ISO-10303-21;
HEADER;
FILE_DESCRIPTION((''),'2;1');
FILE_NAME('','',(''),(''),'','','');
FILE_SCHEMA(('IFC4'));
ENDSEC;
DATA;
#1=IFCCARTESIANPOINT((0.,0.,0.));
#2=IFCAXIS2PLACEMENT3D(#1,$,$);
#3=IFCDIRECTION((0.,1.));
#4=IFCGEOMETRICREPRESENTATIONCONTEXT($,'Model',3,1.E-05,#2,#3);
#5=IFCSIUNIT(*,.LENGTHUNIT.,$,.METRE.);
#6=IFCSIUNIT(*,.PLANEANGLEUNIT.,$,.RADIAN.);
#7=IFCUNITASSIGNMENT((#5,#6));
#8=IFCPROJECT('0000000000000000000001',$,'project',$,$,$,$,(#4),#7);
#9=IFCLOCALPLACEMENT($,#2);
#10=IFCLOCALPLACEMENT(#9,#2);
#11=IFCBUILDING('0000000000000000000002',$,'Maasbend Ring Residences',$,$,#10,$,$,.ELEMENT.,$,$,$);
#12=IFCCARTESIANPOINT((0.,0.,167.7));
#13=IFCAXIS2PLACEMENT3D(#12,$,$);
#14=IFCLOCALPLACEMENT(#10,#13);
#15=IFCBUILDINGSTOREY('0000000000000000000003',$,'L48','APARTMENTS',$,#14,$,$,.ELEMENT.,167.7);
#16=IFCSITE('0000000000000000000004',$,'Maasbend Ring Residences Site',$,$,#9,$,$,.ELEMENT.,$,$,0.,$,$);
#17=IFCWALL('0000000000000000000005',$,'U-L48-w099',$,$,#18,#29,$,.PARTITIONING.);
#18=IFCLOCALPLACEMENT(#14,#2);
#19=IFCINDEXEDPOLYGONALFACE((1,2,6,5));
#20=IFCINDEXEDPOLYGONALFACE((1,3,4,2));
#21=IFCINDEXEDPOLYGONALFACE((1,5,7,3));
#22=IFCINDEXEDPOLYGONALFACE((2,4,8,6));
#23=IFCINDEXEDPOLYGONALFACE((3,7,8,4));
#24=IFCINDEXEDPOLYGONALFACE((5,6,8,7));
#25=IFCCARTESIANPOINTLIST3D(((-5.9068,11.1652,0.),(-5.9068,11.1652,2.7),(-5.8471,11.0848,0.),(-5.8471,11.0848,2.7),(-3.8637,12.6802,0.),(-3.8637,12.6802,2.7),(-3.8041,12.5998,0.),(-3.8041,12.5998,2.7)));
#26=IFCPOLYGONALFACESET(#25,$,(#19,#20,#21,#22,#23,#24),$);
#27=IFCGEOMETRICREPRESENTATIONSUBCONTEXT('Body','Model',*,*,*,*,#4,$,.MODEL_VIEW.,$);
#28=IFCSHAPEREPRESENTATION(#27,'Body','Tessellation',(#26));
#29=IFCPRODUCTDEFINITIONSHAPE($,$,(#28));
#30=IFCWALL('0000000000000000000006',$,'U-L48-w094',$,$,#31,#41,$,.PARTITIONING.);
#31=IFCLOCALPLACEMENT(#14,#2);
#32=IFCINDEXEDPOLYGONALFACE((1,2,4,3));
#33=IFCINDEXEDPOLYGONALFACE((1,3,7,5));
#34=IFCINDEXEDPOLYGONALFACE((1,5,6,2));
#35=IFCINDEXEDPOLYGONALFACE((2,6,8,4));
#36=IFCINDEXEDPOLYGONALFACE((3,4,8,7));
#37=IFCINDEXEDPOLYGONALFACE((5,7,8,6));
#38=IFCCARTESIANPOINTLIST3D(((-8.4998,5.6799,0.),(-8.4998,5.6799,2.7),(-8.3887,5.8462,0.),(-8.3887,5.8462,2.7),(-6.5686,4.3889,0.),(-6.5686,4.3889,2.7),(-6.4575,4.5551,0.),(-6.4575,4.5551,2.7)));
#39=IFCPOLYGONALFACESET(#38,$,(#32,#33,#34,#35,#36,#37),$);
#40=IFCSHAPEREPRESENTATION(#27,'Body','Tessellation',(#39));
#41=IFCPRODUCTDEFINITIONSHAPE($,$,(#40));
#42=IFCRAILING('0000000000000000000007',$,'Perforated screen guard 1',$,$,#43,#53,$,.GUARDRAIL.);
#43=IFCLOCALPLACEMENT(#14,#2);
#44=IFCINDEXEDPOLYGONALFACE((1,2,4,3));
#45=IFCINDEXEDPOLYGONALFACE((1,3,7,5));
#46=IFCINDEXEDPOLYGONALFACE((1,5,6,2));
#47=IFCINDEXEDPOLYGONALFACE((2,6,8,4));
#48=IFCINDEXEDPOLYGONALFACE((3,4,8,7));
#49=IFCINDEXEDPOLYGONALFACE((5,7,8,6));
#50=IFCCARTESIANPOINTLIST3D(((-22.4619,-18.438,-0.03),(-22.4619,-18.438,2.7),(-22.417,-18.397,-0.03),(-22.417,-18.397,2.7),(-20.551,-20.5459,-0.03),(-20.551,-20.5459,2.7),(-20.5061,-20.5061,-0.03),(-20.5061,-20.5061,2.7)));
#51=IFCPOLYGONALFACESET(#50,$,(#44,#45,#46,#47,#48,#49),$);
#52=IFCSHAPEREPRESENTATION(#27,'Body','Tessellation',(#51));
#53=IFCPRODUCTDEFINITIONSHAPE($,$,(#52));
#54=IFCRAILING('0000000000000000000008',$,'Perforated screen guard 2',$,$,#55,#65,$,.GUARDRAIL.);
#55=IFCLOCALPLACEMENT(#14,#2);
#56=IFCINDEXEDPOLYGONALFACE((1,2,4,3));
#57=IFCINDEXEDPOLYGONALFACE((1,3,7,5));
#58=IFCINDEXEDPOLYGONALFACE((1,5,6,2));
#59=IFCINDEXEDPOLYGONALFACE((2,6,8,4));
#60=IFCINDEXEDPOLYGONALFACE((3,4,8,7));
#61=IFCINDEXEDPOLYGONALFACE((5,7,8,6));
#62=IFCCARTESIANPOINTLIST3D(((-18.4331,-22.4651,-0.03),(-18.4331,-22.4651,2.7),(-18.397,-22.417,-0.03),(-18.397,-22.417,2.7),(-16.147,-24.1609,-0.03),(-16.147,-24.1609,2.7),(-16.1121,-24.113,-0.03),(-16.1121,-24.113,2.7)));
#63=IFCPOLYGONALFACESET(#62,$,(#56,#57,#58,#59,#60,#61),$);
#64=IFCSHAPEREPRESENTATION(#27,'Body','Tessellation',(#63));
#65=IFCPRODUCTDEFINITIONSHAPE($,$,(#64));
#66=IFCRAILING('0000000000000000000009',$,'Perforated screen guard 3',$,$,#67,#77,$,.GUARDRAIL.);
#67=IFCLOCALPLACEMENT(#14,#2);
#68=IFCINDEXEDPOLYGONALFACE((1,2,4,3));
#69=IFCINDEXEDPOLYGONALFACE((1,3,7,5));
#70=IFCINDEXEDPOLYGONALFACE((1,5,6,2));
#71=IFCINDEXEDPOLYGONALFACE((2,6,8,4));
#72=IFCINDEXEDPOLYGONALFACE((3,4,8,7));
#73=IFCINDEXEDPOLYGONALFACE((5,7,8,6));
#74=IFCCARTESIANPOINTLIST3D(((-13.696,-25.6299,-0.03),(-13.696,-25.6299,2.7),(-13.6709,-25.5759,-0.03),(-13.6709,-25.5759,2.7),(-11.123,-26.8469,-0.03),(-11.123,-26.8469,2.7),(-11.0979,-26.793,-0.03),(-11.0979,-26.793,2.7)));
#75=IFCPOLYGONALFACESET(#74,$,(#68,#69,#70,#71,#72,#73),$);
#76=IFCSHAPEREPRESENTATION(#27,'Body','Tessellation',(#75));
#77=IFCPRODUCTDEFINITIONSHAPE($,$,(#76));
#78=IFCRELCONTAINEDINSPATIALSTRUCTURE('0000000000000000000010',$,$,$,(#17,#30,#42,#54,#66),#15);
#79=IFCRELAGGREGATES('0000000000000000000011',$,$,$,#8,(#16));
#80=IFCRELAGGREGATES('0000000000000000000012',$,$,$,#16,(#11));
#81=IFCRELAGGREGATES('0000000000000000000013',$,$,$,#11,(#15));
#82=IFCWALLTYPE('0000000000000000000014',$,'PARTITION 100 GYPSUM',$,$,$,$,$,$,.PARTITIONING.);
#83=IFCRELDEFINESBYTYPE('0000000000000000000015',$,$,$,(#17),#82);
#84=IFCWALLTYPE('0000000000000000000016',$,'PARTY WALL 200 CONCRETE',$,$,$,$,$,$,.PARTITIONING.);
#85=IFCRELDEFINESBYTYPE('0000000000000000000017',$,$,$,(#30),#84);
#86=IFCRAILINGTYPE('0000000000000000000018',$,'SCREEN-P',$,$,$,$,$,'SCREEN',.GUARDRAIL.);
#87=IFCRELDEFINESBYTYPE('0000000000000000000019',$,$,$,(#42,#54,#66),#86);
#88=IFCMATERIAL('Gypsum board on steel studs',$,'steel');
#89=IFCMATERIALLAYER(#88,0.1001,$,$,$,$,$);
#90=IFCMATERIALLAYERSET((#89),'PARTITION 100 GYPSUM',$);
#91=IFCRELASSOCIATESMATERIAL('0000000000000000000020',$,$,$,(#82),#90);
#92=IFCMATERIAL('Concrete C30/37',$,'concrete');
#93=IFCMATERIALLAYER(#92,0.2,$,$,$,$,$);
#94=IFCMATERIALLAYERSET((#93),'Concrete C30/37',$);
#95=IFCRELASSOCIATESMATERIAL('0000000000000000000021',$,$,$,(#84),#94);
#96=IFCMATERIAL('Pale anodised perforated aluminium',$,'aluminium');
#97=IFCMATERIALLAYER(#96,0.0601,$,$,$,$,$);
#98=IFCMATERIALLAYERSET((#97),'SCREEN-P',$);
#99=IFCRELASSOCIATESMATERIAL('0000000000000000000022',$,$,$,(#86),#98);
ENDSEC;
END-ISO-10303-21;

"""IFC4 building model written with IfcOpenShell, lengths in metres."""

from ifc_helpers import new_model, si_unit, direction, frame, frame_2d, origin, place, context, subcontext, project, spatial, polyline, rectangle, outline, extrude, material, layer, layer_set, type_object, element, save


model = new_model("IFC4")

# Units and contexts
model_context = context("Model", 3, precision=1e-05, world=origin(), true_north=direction((0.0, 1.0)))
body_context = subcontext(model_context, "Body", "Model", "MODEL_VIEW")
ifc_project = project(units=[si_unit("LENGTHUNIT", "METRE"), si_unit("PLANEANGLEUNIT", "RADIAN")], contexts=[model_context])

# Site, building, storey
site_placement = place(None, origin())
site = spatial("IfcSite", under=ifc_project, at=site_placement, Name="Maasbend Ring Residences Site", CompositionType="ELEMENT", RefElevation=0.0)
building_placement = place(site_placement, origin())
building = spatial("IfcBuilding", under=site, at=building_placement, Name="Maasbend Ring Residences", CompositionType="ELEMENT")
storey_placement = place(building_placement, frame((0.0, 0.0, 167.7)))
storey = spatial("IfcBuildingStorey", under=building, at=storey_placement, Name="L48", Description="APARTMENTS", CompositionType="ELEMENT", Elevation=167.7)

# Walls
ifc_material_1 = material(Name="Gypsum board on steel studs", Category="steel")
ifc_layer_1 = layer(ifc_material_1, 0.1001)
ifc_layer_set_1 = layer_set([ifc_layer_1], Name="PARTITION 100 GYPSUM")
wall_type_1 = type_object("IfcWallType", Name="PARTITION 100 GYPSUM", PredefinedType="PARTITIONING", material=ifc_layer_set_1)
wall_1_placement = place(storey_placement, frame((-5.877, 11.125, 0.0), z_axis=(0.0, 0.0, 1.0), x_axis=(0.80326, 0.595629, 0.0)))
element("IfcWall", 1, at=wall_1_placement, inside=storey, type_object=wall_type_1, Name="U-L48-w099", PredefinedType="PARTITIONING", context=body_context, shape_type="SweptSolid", body=[
    extrude(rectangle(XDim=2.5435, YDim=0.1001, at=frame_2d((1.2717, 0.0))), origin(), (0.0, 0.0, 1.0), 2.7),
])
ifc_material_2 = material(Name="Concrete C30/37", Category="concrete")
ifc_layer_2 = layer(ifc_material_2, 0.2)
ifc_layer_set_2 = layer_set([ifc_layer_2], Name="Concrete C30/37")
wall_type_2 = type_object("IfcWallType", Name="PARTY WALL 200 CONCRETE", PredefinedType="PARTITIONING", material=ifc_layer_set_2)
wall_2_placement = place(storey_placement, frame((-6.5129, 4.4719, 0.0), z_axis=(0.0, 0.0, 1.0), x_axis=(-0.831338, 0.555767, 0.0)))
element("IfcWall", 2, at=wall_2_placement, inside=storey, type_object=wall_type_2, Name="U-L48-w094", PredefinedType="PARTITIONING", context=body_context, shape_type="SweptSolid", body=[
    extrude(rectangle(XDim=2.323, YDim=0.2, at=frame_2d((1.1616, 0.0))), origin(), (0.0, 0.0, 1.0), 2.7),
])

# Railings
ifc_material_3 = material(Name="Pale anodised perforated aluminium", Category="aluminium")
ifc_layer_3 = layer(ifc_material_3, 0.0601)
ifc_layer_set_3 = layer_set([ifc_layer_3], Name="SCREEN-P")
railing_type = type_object("IfcRailingType", Name="SCREEN-P", ElementType="SCREEN", PredefinedType="GUARDRAIL", material=ifc_layer_set_3)
railing_1_placement = place(storey_placement, frame((0.0, 0.0, -0.03)))
element("IfcRailing", 3, at=railing_1_placement, inside=storey, type_object=railing_type, Name="Perforated screen guard 1", PredefinedType="GUARDRAIL", context=body_context, shape_type="SweptSolid", body=[
    extrude(outline(polyline([(-22.417, -18.397), (-20.5061, -20.5061), (-20.551, -20.5459), (-22.4619, -18.438), (-22.417, -18.397)])), origin(), (0.0, 0.0, 1.0), 2.73),
])
railing_2_placement = place(storey_placement, frame((0.0, 0.0, -0.03)))
element("IfcRailing", 4, at=railing_2_placement, inside=storey, type_object=railing_type, Name="Perforated screen guard 2", PredefinedType="GUARDRAIL", context=body_context, shape_type="SweptSolid", body=[
    extrude(outline(polyline([(-18.397, -22.417), (-16.1121, -24.113), (-16.147, -24.1609), (-18.4331, -22.4651), (-18.397, -22.417)])), origin(), (0.0, 0.0, 1.0), 2.73),
])
railing_3_placement = place(storey_placement, frame((0.0, 0.0, -0.03)))
element("IfcRailing", 5, at=railing_3_placement, inside=storey, type_object=railing_type, Name="Perforated screen guard 3", PredefinedType="GUARDRAIL", context=body_context, shape_type="SweptSolid", body=[
    extrude(outline(polyline([(-13.6709, -25.5759), (-11.0979, -26.793), (-11.123, -26.8469), (-13.696, -25.6299), (-13.6709, -25.5759)])), origin(), (0.0, 0.0, 1.0), 2.73),
])

save(model, "model.ifc")
